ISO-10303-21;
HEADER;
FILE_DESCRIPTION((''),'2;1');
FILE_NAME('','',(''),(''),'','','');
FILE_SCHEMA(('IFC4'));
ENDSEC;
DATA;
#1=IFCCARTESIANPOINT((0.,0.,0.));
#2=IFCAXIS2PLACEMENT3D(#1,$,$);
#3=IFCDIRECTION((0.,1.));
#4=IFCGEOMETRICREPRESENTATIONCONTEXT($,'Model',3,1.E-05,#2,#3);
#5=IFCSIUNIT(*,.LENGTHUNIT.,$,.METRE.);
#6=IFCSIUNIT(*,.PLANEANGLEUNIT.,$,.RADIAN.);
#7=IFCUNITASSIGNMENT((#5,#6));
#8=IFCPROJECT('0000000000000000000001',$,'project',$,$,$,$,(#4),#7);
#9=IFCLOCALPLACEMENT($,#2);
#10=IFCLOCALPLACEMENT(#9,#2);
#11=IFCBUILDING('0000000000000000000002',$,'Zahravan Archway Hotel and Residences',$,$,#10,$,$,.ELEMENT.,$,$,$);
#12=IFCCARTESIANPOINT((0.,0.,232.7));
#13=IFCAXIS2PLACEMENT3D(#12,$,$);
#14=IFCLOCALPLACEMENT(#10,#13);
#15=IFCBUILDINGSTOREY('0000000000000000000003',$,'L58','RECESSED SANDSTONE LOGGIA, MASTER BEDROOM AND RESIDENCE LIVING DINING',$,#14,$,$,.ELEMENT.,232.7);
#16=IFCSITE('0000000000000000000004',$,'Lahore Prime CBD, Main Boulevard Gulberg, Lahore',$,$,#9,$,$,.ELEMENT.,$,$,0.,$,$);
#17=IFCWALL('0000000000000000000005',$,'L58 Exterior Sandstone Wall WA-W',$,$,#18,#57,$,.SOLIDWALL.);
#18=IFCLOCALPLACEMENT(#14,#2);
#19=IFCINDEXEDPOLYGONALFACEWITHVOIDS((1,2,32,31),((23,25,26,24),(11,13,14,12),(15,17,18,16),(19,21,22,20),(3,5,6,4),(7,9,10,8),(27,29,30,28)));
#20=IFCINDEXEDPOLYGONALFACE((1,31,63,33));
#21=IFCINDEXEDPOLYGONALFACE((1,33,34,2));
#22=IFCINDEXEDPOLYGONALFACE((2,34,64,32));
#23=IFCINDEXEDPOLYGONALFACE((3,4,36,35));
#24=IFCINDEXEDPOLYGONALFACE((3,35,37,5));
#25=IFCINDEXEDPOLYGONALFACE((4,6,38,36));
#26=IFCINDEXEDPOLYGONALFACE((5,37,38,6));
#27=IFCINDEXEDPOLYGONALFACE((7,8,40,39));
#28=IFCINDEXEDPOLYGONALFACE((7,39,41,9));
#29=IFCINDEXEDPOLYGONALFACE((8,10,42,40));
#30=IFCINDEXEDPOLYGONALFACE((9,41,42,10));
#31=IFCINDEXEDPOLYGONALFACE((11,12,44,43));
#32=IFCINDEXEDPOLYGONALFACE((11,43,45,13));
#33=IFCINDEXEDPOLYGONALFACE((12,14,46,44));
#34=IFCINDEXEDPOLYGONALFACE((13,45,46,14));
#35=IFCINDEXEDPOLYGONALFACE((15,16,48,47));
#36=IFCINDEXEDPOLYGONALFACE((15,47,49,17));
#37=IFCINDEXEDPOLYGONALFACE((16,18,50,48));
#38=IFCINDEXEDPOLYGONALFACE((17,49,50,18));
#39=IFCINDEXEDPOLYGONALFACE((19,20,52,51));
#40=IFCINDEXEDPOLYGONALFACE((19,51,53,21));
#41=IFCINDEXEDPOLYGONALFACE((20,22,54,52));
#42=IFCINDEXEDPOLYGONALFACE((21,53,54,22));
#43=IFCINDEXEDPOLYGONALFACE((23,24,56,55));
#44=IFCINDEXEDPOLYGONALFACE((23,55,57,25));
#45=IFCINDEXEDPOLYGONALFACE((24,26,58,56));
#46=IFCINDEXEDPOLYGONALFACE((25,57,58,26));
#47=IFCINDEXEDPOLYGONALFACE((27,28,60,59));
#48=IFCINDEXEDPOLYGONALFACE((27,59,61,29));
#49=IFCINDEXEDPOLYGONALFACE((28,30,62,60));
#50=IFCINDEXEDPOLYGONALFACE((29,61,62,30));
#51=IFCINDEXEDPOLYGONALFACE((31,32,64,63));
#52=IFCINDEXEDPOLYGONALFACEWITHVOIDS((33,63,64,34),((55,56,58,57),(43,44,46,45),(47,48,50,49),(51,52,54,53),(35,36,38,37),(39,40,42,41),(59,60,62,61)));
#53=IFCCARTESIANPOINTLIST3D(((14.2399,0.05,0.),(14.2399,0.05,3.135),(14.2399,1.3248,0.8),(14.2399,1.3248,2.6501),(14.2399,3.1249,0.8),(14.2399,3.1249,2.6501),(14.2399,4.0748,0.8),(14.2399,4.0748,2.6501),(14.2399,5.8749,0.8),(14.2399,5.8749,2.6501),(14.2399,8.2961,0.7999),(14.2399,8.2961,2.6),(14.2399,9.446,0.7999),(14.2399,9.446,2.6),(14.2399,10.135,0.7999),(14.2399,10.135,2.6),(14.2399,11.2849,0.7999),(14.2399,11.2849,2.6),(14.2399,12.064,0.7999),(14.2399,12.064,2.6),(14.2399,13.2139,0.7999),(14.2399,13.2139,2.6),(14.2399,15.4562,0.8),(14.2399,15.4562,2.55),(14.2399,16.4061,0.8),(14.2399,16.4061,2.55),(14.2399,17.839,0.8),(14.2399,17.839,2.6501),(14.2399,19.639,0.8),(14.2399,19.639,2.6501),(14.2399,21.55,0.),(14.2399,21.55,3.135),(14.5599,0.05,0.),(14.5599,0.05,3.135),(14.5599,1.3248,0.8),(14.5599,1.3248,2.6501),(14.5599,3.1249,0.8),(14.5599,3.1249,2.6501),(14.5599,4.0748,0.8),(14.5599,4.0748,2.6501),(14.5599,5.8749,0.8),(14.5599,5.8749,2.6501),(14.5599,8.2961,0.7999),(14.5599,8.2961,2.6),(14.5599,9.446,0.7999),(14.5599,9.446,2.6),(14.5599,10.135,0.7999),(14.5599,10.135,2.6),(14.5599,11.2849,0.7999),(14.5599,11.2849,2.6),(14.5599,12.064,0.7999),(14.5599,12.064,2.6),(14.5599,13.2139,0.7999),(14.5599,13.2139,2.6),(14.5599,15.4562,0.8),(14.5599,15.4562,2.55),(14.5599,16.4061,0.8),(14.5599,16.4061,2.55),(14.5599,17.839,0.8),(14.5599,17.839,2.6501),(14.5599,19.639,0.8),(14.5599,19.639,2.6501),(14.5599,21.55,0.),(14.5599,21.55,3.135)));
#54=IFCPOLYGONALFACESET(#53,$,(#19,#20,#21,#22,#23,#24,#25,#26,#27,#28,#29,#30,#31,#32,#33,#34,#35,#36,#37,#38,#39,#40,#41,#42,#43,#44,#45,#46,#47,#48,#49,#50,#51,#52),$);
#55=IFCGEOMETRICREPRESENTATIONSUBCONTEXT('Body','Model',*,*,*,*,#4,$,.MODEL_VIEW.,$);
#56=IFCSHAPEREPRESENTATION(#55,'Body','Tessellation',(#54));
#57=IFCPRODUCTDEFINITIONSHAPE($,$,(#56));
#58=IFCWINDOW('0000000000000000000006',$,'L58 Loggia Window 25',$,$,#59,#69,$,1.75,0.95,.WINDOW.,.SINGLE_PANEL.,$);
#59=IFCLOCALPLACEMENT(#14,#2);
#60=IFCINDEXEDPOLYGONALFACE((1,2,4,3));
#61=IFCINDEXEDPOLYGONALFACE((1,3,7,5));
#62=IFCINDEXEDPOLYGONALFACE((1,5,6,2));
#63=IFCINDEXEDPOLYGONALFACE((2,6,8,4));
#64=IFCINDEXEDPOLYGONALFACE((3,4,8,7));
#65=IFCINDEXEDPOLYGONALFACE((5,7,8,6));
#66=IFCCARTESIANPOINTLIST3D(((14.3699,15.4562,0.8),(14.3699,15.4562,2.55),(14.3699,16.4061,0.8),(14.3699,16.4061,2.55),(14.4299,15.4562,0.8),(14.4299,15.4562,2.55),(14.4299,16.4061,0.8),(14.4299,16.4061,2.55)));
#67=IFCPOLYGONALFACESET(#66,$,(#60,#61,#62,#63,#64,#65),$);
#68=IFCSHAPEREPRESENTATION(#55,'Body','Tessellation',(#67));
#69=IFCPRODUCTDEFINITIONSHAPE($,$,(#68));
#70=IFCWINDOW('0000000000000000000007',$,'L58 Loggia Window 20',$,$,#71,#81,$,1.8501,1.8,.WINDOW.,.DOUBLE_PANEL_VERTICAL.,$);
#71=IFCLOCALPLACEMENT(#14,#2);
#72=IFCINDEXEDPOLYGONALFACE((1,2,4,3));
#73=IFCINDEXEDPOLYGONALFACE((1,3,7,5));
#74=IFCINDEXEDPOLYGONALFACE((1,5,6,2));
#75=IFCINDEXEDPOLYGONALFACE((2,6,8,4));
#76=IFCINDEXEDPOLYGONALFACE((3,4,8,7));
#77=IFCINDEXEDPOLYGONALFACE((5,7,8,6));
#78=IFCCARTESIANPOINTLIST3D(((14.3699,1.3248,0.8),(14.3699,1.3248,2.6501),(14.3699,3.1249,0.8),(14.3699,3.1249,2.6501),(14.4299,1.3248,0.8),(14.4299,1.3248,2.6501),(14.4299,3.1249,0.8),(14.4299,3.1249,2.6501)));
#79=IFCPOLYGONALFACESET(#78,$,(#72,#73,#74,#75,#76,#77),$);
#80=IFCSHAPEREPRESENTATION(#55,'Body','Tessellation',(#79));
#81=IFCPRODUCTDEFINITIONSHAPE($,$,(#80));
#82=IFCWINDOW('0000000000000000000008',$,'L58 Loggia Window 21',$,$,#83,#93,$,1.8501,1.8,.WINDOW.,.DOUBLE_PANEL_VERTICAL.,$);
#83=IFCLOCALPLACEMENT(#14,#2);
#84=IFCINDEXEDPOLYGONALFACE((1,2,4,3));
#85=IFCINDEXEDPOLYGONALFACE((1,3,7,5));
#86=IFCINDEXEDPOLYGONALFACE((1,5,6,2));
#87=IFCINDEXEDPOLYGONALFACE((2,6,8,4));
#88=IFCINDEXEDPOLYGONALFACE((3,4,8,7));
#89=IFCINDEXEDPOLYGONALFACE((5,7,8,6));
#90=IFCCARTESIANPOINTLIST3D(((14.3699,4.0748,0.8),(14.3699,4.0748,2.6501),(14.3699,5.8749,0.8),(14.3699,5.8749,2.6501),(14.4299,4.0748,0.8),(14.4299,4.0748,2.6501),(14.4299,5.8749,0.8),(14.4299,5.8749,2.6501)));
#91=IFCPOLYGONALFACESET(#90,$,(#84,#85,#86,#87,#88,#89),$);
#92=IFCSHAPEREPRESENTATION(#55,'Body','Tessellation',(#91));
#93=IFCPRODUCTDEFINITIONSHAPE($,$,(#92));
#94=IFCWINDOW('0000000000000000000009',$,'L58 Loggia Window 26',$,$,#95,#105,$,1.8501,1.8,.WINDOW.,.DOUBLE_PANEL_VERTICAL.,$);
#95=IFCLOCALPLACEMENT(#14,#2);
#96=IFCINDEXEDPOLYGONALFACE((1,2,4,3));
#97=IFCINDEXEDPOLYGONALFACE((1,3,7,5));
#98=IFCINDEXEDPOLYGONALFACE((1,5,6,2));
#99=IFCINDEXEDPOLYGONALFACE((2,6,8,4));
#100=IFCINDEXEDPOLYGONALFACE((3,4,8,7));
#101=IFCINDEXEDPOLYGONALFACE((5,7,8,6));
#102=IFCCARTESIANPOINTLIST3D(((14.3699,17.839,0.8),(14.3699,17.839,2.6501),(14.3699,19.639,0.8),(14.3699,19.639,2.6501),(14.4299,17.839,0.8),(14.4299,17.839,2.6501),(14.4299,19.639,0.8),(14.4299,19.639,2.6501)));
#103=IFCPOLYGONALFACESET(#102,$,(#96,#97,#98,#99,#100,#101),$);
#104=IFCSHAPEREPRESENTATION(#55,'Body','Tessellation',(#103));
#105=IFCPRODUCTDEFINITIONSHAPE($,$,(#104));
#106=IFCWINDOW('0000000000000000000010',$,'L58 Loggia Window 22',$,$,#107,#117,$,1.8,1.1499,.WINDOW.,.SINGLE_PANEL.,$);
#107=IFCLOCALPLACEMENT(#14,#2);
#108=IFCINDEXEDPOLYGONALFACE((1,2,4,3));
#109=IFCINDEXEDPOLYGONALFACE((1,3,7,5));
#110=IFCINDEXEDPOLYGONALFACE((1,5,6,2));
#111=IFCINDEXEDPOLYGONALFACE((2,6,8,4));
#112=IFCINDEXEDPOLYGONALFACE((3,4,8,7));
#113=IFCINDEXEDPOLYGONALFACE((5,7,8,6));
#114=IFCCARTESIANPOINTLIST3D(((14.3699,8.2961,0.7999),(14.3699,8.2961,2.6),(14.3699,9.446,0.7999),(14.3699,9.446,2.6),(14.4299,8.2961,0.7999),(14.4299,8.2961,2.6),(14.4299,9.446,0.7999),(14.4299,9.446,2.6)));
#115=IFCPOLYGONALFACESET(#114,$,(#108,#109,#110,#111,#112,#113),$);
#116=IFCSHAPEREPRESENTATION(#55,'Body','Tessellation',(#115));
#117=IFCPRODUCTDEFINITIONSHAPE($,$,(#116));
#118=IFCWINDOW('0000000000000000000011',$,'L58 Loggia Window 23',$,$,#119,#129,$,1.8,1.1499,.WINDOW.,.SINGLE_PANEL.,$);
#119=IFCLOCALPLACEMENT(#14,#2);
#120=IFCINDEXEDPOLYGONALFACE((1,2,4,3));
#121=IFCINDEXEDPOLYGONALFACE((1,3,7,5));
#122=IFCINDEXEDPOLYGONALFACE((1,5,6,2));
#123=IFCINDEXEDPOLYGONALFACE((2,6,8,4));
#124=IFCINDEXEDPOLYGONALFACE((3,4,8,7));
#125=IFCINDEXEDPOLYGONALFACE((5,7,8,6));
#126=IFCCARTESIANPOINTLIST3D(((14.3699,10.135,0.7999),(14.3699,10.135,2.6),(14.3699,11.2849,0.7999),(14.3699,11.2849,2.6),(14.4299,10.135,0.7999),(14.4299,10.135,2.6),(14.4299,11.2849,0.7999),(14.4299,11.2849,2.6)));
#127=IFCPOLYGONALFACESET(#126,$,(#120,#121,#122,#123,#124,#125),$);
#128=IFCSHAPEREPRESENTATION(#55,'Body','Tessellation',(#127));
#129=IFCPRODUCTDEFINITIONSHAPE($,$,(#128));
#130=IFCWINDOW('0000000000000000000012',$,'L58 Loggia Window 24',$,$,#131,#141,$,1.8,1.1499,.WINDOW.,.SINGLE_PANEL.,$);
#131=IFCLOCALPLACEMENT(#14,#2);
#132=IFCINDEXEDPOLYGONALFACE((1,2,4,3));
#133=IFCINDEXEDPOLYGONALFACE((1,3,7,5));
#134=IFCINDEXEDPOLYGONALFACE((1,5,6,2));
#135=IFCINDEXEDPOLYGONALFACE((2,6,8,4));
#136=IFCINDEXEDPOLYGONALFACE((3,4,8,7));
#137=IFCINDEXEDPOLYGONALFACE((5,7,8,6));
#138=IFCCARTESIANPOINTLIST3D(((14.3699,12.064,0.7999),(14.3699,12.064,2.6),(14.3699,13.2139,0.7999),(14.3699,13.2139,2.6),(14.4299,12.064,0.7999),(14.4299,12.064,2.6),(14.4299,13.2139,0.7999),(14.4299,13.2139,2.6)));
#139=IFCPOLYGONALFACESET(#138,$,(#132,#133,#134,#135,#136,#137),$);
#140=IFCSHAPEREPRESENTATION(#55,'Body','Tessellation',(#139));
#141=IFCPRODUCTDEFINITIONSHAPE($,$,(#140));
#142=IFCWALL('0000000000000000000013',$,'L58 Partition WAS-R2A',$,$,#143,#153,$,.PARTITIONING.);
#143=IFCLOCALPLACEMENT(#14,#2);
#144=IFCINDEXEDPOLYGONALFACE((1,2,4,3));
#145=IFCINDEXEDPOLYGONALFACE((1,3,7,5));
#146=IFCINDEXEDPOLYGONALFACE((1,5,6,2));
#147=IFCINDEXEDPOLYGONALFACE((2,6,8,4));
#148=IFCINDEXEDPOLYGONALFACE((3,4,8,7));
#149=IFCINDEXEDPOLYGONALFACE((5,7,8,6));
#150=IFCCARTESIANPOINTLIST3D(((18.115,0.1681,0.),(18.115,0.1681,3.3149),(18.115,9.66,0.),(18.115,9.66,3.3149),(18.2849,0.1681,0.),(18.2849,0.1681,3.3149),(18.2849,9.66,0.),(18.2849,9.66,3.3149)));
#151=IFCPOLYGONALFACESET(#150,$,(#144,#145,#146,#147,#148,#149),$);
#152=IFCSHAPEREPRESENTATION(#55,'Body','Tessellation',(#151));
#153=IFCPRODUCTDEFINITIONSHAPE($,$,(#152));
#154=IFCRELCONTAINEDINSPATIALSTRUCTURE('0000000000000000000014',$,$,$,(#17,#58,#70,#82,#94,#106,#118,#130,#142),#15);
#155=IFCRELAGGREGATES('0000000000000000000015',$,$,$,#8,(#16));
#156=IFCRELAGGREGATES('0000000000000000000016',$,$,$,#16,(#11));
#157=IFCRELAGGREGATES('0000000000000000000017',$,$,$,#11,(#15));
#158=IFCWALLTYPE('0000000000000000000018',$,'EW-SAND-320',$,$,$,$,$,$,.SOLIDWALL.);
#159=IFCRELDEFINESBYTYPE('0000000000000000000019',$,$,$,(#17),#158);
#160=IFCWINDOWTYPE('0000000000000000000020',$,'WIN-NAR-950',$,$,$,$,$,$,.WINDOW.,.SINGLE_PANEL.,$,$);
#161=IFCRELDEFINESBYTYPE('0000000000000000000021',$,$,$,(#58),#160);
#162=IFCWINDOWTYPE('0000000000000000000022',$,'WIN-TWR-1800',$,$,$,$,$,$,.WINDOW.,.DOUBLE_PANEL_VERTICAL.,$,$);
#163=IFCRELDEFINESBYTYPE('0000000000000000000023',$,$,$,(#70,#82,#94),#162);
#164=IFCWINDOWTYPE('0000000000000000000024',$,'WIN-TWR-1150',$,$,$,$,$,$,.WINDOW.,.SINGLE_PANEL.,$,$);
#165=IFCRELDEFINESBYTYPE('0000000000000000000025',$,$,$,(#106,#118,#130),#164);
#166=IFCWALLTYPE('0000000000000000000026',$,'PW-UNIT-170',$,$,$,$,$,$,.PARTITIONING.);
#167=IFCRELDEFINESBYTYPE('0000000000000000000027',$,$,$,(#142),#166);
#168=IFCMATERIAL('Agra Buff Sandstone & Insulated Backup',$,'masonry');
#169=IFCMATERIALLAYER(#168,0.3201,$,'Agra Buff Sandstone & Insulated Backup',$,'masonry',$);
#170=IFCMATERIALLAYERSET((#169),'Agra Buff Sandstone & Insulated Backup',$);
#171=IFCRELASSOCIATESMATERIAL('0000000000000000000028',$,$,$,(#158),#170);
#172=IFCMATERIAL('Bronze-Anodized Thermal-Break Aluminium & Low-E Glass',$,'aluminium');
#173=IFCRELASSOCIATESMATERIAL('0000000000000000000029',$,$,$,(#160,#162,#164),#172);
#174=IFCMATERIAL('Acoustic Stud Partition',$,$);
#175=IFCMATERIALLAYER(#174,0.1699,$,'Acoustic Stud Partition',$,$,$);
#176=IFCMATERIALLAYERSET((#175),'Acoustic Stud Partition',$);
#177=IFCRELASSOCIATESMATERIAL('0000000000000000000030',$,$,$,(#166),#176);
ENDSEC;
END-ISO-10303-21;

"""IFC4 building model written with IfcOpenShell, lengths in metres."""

from ifc_helpers import new_model, si_unit, direction, frame, frame_2d, origin, place, context, subcontext, project, spatial, rectangle, extrude, source, transform, mapped, material, layer, layer_set, type_object, type_shapes, element, fill, save


model = new_model("IFC4")

# Units and contexts
model_context = context("Model", 3, precision=1e-05, world=origin(), true_north=direction((0.0, 1.0)))
body_context = subcontext(model_context, "Body", "Model", "MODEL_VIEW")
ifc_project = project(units=[si_unit("LENGTHUNIT", "METRE"), si_unit("PLANEANGLEUNIT", "RADIAN")], contexts=[model_context])

# Site, building, storey
site_placement = place(None, origin())
site = spatial("IfcSite", under=ifc_project, at=site_placement, Name="Lahore Prime CBD, Main Boulevard Gulberg, Lahore", CompositionType="ELEMENT", RefElevation=0.0)
building_placement = place(site_placement, origin())
building = spatial("IfcBuilding", under=site, at=building_placement, Name="Zahravan Archway Hotel and Residences", CompositionType="ELEMENT")
storey_placement = place(building_placement, frame((0.0, 0.0, 232.7)))
storey = spatial("IfcBuildingStorey", under=building, at=storey_placement, Name="L58", Description="RECESSED SANDSTONE LOGGIA, MASTER BEDROOM AND RESIDENCE LIVING DINING", CompositionType="ELEMENT", Elevation=232.7)

# Wall, openings, windows
ifc_material_1 = material(Name="Agra Buff Sandstone & Insulated Backup", Category="masonry")
ifc_layer_1 = layer(ifc_material_1, 0.3201, Name="Agra Buff Sandstone & Insulated Backup", Category="masonry")
ifc_layer_set_1 = layer_set([ifc_layer_1], Name="Agra Buff Sandstone & Insulated Backup")
wall_type_1 = type_object("IfcWallType", Name="EW-SAND-320", PredefinedType="SOLIDWALL", material=ifc_layer_set_1)
wall_1_placement = place(storey_placement, frame((14.3999, 0.05, 0.0), z_axis=(0.0, 0.0, 1.0), x_axis=(0.0, 1.0, 0.0)))
wall_1 = element("IfcWall", 1, at=wall_1_placement, inside=storey, type_object=wall_type_1, Name="L58 Exterior Sandstone Wall WA-W", PredefinedType="SOLIDWALL", context=body_context, shape_type="SweptSolid", body=[
    extrude(rectangle(XDim=21.5, YDim=0.3201, at=frame_2d((10.75, 0.0))), origin(), (0.0, 0.0, 1.0), 3.135),
])
opening_1_placement = place(wall_1_placement, frame((1.2749, 0.0, 0.8)))
opening_1 = element("IfcOpeningElement", 2, at=opening_1_placement, cuts=wall_1, PredefinedType="OPENING", context=body_context, shape_type="SweptSolid", body=[
    extrude(rectangle(XDim=1.8, YDim=1.8501, at=frame_2d((0.8999, 0.925))), frame((0.0, 0.1699, 0.0), z_axis=(0.0, -1.0, 0.0), x_axis=(1.0, 0.0, 0.0)), (0.0, 0.0, 1.0), 0.3401),
])
opening_2_placement = place(wall_1_placement, frame((4.0249, 0.0, 0.8)))
opening_2 = element("IfcOpeningElement", 3, at=opening_2_placement, cuts=wall_1, PredefinedType="OPENING", context=body_context, shape_type="SweptSolid", body=[
    extrude(rectangle(XDim=1.8, YDim=1.8501, at=frame_2d((0.8999, 0.925))), frame((0.0, 0.1699, 0.0), z_axis=(0.0, -1.0, 0.0), x_axis=(1.0, 0.0, 0.0)), (0.0, 0.0, 1.0), 0.3401),
])
opening_3_placement = place(wall_1_placement, frame((8.2461, 0.0, 0.8)))
opening_3 = element("IfcOpeningElement", 4, at=opening_3_placement, cuts=wall_1, PredefinedType="OPENING", context=body_context, shape_type="SweptSolid", body=[
    extrude(rectangle(XDim=1.1499, YDim=1.8, at=frame_2d((0.575, 0.8999))), frame((0.0, 0.1699, 0.0), z_axis=(0.0, -1.0, 0.0), x_axis=(1.0, 0.0, 0.0)), (0.0, 0.0, 1.0), 0.3401),
])
opening_4_placement = place(wall_1_placement, frame((10.085, 0.0, 0.8)))
opening_4 = element("IfcOpeningElement", 5, at=opening_4_placement, cuts=wall_1, PredefinedType="OPENING", context=body_context, shape_type="SweptSolid", body=[
    extrude(rectangle(XDim=1.1499, YDim=1.8, at=frame_2d((0.575, 0.8999))), frame((0.0, 0.1699, 0.0), z_axis=(0.0, -1.0, 0.0), x_axis=(1.0, 0.0, 0.0)), (0.0, 0.0, 1.0), 0.3401),
])
opening_5_placement = place(wall_1_placement, frame((12.0139, 0.0, 0.8)))
opening_5 = element("IfcOpeningElement", 6, at=opening_5_placement, cuts=wall_1, PredefinedType="OPENING", context=body_context, shape_type="SweptSolid", body=[
    extrude(rectangle(XDim=1.1499, YDim=1.8, at=frame_2d((0.575, 0.8999))), frame((0.0, 0.1699, 0.0), z_axis=(0.0, -1.0, 0.0), x_axis=(1.0, 0.0, 0.0)), (0.0, 0.0, 1.0), 0.3401),
])
opening_6_placement = place(wall_1_placement, frame((15.406, 0.0, 0.8)))
opening_6 = element("IfcOpeningElement", 7, at=opening_6_placement, cuts=wall_1, PredefinedType="OPENING", context=body_context, shape_type="SweptSolid", body=[
    extrude(rectangle(XDim=0.95, YDim=1.75, at=frame_2d((0.4751, 0.875))), frame((0.0, 0.1699, 0.0), z_axis=(0.0, -1.0, 0.0), x_axis=(1.0, 0.0, 0.0)), (0.0, 0.0, 1.0), 0.3401),
])
opening_7_placement = place(wall_1_placement, frame((17.7891, 0.0, 0.8)))
opening_7 = element("IfcOpeningElement", 8, at=opening_7_placement, cuts=wall_1, PredefinedType="OPENING", context=body_context, shape_type="SweptSolid", body=[
    extrude(rectangle(XDim=1.8, YDim=1.8501, at=frame_2d((0.8999, 0.925))), frame((0.0, 0.1699, 0.0), z_axis=(0.0, -1.0, 0.0), x_axis=(1.0, 0.0, 0.0)), (0.0, 0.0, 1.0), 0.3401),
])
ifc_material_2 = material(Name="Bronze-Anodized Thermal-Break Aluminium & Low-E Glass", Category="aluminium")
window_type_1 = type_object("IfcWindowType", Name="WIN-NAR-950", PartitioningType="SINGLE_PANEL", PredefinedType="WINDOW", material=ifc_material_2)
shared_shape_1 = source(origin(), body_context, "Body", "SweptSolid", [
    extrude(rectangle(XDim=0.95, YDim=1.75, at=frame_2d((0.4751, 0.875))), frame((0.0, 0.03, 0.0), z_axis=(0.0, -1.0, 0.0), x_axis=(1.0, 0.0, 0.0)), (0.0, 0.0, 1.0), 0.0601),
])
type_shapes(window_type_1, [shared_shape_1])
window_1_placement = place(opening_6_placement, origin())
window_1 = element("IfcWindow", 9, at=window_1_placement, inside=storey, type_object=window_type_1, Name="L58 Loggia Window 25", OverallHeight=1.75, OverallWidth=0.95, PartitioningType="SINGLE_PANEL", PredefinedType="WINDOW", context=body_context, shape_type="MappedRepresentation", body=[
    mapped(shared_shape_1, transform((0.0, 0.0, 0.0), scale=1.0)),
])
fill(opening_6, window_1)
window_type_2 = type_object("IfcWindowType", Name="WIN-TWR-1800", PartitioningType="DOUBLE_PANEL_VERTICAL", PredefinedType="WINDOW", material=ifc_material_2)
shared_shape_2 = source(origin(), body_context, "Body", "SweptSolid", [
    extrude(rectangle(XDim=1.8, YDim=1.8501, at=frame_2d((0.8999, 0.925))), frame((0.0, 0.03, 0.0), z_axis=(0.0, -1.0, 0.0), x_axis=(1.0, 0.0, 0.0)), (0.0, 0.0, 1.0), 0.0601),
])
type_shapes(window_type_2, [shared_shape_2])
window_2_placement = place(opening_1_placement, origin())
window_2 = element("IfcWindow", 10, at=window_2_placement, inside=storey, type_object=window_type_2, Name="L58 Loggia Window 20", OverallHeight=1.8501, OverallWidth=1.8, PartitioningType="DOUBLE_PANEL_VERTICAL", PredefinedType="WINDOW", context=body_context, shape_type="MappedRepresentation", body=[
    mapped(shared_shape_2, transform((0.0, 0.0, 0.0), scale=1.0)),
])
fill(opening_1, window_2)
window_3_placement = place(opening_2_placement, origin())
window_3 = element("IfcWindow", 11, at=window_3_placement, inside=storey, type_object=window_type_2, Name="L58 Loggia Window 21", OverallHeight=1.8501, OverallWidth=1.8, PartitioningType="DOUBLE_PANEL_VERTICAL", PredefinedType="WINDOW", context=body_context, shape_type="MappedRepresentation", body=[
    mapped(shared_shape_2, transform((0.0, 0.0, 0.0), scale=1.0)),
])
fill(opening_2, window_3)
window_4_placement = place(opening_7_placement, origin())
window_4 = element("IfcWindow", 12, at=window_4_placement, inside=storey, type_object=window_type_2, Name="L58 Loggia Window 26", OverallHeight=1.8501, OverallWidth=1.8, PartitioningType="DOUBLE_PANEL_VERTICAL", PredefinedType="WINDOW", context=body_context, shape_type="MappedRepresentation", body=[
    mapped(shared_shape_2, transform((0.0, 0.0, 0.0), scale=1.0)),
])
fill(opening_7, window_4)
window_type_3 = type_object("IfcWindowType", Name="WIN-TWR-1150", PartitioningType="SINGLE_PANEL", PredefinedType="WINDOW", material=ifc_material_2)
shared_shape_3 = source(origin(), body_context, "Body", "SweptSolid", [
    extrude(rectangle(XDim=1.1499, YDim=1.8, at=frame_2d((0.575, 0.8999))), frame((0.0, 0.03, 0.0), z_axis=(0.0, -1.0, 0.0), x_axis=(1.0, 0.0, 0.0)), (0.0, 0.0, 1.0), 0.0601),
])
type_shapes(window_type_3, [shared_shape_3])
window_5_placement = place(opening_3_placement, origin())
window_5 = element("IfcWindow", 13, at=window_5_placement, inside=storey, type_object=window_type_3, Name="L58 Loggia Window 22", OverallHeight=1.8, OverallWidth=1.1499, PartitioningType="SINGLE_PANEL", PredefinedType="WINDOW", context=body_context, shape_type="MappedRepresentation", body=[
    mapped(shared_shape_3, transform((0.0, 0.0, 0.0), scale=1.0)),
])
fill(opening_3, window_5)
window_6_placement = place(opening_4_placement, origin())
window_6 = element("IfcWindow", 14, at=window_6_placement, inside=storey, type_object=window_type_3, Name="L58 Loggia Window 23", OverallHeight=1.8, OverallWidth=1.1499, PartitioningType="SINGLE_PANEL", PredefinedType="WINDOW", context=body_context, shape_type="MappedRepresentation", body=[
    mapped(shared_shape_3, transform((0.0, 0.0, 0.0), scale=1.0)),
])
fill(opening_4, window_6)
window_7_placement = place(opening_5_placement, origin())
window_7 = element("IfcWindow", 15, at=window_7_placement, inside=storey, type_object=window_type_3, Name="L58 Loggia Window 24", OverallHeight=1.8, OverallWidth=1.1499, PartitioningType="SINGLE_PANEL", PredefinedType="WINDOW", context=body_context, shape_type="MappedRepresentation", body=[
    mapped(shared_shape_3, transform((0.0, 0.0, 0.0), scale=1.0)),
])
fill(opening_5, window_7)

# Wall
ifc_material_3 = material(Name="Acoustic Stud Partition")
ifc_layer_2 = layer(ifc_material_3, 0.1699, Name="Acoustic Stud Partition")
ifc_layer_set_2 = layer_set([ifc_layer_2], Name="Acoustic Stud Partition")
wall_type_2 = type_object("IfcWallType", Name="PW-UNIT-170", PredefinedType="PARTITIONING", material=ifc_layer_set_2)
wall_2_placement = place(storey_placement, frame((18.2, 0.168, 0.0), z_axis=(0.0, 0.0, 1.0), x_axis=(0.0, 1.0, 0.0)))
element("IfcWall", 16, at=wall_2_placement, inside=storey, type_object=wall_type_2, Name="L58 Partition WAS-R2A", PredefinedType="PARTITIONING", context=body_context, shape_type="SweptSolid", body=[
    extrude(rectangle(XDim=9.4919, YDim=0.1699, at=frame_2d((4.7461, 0.0))), origin(), (0.0, 0.0, 1.0), 3.3149),
])

save(model, "model.ifc")
